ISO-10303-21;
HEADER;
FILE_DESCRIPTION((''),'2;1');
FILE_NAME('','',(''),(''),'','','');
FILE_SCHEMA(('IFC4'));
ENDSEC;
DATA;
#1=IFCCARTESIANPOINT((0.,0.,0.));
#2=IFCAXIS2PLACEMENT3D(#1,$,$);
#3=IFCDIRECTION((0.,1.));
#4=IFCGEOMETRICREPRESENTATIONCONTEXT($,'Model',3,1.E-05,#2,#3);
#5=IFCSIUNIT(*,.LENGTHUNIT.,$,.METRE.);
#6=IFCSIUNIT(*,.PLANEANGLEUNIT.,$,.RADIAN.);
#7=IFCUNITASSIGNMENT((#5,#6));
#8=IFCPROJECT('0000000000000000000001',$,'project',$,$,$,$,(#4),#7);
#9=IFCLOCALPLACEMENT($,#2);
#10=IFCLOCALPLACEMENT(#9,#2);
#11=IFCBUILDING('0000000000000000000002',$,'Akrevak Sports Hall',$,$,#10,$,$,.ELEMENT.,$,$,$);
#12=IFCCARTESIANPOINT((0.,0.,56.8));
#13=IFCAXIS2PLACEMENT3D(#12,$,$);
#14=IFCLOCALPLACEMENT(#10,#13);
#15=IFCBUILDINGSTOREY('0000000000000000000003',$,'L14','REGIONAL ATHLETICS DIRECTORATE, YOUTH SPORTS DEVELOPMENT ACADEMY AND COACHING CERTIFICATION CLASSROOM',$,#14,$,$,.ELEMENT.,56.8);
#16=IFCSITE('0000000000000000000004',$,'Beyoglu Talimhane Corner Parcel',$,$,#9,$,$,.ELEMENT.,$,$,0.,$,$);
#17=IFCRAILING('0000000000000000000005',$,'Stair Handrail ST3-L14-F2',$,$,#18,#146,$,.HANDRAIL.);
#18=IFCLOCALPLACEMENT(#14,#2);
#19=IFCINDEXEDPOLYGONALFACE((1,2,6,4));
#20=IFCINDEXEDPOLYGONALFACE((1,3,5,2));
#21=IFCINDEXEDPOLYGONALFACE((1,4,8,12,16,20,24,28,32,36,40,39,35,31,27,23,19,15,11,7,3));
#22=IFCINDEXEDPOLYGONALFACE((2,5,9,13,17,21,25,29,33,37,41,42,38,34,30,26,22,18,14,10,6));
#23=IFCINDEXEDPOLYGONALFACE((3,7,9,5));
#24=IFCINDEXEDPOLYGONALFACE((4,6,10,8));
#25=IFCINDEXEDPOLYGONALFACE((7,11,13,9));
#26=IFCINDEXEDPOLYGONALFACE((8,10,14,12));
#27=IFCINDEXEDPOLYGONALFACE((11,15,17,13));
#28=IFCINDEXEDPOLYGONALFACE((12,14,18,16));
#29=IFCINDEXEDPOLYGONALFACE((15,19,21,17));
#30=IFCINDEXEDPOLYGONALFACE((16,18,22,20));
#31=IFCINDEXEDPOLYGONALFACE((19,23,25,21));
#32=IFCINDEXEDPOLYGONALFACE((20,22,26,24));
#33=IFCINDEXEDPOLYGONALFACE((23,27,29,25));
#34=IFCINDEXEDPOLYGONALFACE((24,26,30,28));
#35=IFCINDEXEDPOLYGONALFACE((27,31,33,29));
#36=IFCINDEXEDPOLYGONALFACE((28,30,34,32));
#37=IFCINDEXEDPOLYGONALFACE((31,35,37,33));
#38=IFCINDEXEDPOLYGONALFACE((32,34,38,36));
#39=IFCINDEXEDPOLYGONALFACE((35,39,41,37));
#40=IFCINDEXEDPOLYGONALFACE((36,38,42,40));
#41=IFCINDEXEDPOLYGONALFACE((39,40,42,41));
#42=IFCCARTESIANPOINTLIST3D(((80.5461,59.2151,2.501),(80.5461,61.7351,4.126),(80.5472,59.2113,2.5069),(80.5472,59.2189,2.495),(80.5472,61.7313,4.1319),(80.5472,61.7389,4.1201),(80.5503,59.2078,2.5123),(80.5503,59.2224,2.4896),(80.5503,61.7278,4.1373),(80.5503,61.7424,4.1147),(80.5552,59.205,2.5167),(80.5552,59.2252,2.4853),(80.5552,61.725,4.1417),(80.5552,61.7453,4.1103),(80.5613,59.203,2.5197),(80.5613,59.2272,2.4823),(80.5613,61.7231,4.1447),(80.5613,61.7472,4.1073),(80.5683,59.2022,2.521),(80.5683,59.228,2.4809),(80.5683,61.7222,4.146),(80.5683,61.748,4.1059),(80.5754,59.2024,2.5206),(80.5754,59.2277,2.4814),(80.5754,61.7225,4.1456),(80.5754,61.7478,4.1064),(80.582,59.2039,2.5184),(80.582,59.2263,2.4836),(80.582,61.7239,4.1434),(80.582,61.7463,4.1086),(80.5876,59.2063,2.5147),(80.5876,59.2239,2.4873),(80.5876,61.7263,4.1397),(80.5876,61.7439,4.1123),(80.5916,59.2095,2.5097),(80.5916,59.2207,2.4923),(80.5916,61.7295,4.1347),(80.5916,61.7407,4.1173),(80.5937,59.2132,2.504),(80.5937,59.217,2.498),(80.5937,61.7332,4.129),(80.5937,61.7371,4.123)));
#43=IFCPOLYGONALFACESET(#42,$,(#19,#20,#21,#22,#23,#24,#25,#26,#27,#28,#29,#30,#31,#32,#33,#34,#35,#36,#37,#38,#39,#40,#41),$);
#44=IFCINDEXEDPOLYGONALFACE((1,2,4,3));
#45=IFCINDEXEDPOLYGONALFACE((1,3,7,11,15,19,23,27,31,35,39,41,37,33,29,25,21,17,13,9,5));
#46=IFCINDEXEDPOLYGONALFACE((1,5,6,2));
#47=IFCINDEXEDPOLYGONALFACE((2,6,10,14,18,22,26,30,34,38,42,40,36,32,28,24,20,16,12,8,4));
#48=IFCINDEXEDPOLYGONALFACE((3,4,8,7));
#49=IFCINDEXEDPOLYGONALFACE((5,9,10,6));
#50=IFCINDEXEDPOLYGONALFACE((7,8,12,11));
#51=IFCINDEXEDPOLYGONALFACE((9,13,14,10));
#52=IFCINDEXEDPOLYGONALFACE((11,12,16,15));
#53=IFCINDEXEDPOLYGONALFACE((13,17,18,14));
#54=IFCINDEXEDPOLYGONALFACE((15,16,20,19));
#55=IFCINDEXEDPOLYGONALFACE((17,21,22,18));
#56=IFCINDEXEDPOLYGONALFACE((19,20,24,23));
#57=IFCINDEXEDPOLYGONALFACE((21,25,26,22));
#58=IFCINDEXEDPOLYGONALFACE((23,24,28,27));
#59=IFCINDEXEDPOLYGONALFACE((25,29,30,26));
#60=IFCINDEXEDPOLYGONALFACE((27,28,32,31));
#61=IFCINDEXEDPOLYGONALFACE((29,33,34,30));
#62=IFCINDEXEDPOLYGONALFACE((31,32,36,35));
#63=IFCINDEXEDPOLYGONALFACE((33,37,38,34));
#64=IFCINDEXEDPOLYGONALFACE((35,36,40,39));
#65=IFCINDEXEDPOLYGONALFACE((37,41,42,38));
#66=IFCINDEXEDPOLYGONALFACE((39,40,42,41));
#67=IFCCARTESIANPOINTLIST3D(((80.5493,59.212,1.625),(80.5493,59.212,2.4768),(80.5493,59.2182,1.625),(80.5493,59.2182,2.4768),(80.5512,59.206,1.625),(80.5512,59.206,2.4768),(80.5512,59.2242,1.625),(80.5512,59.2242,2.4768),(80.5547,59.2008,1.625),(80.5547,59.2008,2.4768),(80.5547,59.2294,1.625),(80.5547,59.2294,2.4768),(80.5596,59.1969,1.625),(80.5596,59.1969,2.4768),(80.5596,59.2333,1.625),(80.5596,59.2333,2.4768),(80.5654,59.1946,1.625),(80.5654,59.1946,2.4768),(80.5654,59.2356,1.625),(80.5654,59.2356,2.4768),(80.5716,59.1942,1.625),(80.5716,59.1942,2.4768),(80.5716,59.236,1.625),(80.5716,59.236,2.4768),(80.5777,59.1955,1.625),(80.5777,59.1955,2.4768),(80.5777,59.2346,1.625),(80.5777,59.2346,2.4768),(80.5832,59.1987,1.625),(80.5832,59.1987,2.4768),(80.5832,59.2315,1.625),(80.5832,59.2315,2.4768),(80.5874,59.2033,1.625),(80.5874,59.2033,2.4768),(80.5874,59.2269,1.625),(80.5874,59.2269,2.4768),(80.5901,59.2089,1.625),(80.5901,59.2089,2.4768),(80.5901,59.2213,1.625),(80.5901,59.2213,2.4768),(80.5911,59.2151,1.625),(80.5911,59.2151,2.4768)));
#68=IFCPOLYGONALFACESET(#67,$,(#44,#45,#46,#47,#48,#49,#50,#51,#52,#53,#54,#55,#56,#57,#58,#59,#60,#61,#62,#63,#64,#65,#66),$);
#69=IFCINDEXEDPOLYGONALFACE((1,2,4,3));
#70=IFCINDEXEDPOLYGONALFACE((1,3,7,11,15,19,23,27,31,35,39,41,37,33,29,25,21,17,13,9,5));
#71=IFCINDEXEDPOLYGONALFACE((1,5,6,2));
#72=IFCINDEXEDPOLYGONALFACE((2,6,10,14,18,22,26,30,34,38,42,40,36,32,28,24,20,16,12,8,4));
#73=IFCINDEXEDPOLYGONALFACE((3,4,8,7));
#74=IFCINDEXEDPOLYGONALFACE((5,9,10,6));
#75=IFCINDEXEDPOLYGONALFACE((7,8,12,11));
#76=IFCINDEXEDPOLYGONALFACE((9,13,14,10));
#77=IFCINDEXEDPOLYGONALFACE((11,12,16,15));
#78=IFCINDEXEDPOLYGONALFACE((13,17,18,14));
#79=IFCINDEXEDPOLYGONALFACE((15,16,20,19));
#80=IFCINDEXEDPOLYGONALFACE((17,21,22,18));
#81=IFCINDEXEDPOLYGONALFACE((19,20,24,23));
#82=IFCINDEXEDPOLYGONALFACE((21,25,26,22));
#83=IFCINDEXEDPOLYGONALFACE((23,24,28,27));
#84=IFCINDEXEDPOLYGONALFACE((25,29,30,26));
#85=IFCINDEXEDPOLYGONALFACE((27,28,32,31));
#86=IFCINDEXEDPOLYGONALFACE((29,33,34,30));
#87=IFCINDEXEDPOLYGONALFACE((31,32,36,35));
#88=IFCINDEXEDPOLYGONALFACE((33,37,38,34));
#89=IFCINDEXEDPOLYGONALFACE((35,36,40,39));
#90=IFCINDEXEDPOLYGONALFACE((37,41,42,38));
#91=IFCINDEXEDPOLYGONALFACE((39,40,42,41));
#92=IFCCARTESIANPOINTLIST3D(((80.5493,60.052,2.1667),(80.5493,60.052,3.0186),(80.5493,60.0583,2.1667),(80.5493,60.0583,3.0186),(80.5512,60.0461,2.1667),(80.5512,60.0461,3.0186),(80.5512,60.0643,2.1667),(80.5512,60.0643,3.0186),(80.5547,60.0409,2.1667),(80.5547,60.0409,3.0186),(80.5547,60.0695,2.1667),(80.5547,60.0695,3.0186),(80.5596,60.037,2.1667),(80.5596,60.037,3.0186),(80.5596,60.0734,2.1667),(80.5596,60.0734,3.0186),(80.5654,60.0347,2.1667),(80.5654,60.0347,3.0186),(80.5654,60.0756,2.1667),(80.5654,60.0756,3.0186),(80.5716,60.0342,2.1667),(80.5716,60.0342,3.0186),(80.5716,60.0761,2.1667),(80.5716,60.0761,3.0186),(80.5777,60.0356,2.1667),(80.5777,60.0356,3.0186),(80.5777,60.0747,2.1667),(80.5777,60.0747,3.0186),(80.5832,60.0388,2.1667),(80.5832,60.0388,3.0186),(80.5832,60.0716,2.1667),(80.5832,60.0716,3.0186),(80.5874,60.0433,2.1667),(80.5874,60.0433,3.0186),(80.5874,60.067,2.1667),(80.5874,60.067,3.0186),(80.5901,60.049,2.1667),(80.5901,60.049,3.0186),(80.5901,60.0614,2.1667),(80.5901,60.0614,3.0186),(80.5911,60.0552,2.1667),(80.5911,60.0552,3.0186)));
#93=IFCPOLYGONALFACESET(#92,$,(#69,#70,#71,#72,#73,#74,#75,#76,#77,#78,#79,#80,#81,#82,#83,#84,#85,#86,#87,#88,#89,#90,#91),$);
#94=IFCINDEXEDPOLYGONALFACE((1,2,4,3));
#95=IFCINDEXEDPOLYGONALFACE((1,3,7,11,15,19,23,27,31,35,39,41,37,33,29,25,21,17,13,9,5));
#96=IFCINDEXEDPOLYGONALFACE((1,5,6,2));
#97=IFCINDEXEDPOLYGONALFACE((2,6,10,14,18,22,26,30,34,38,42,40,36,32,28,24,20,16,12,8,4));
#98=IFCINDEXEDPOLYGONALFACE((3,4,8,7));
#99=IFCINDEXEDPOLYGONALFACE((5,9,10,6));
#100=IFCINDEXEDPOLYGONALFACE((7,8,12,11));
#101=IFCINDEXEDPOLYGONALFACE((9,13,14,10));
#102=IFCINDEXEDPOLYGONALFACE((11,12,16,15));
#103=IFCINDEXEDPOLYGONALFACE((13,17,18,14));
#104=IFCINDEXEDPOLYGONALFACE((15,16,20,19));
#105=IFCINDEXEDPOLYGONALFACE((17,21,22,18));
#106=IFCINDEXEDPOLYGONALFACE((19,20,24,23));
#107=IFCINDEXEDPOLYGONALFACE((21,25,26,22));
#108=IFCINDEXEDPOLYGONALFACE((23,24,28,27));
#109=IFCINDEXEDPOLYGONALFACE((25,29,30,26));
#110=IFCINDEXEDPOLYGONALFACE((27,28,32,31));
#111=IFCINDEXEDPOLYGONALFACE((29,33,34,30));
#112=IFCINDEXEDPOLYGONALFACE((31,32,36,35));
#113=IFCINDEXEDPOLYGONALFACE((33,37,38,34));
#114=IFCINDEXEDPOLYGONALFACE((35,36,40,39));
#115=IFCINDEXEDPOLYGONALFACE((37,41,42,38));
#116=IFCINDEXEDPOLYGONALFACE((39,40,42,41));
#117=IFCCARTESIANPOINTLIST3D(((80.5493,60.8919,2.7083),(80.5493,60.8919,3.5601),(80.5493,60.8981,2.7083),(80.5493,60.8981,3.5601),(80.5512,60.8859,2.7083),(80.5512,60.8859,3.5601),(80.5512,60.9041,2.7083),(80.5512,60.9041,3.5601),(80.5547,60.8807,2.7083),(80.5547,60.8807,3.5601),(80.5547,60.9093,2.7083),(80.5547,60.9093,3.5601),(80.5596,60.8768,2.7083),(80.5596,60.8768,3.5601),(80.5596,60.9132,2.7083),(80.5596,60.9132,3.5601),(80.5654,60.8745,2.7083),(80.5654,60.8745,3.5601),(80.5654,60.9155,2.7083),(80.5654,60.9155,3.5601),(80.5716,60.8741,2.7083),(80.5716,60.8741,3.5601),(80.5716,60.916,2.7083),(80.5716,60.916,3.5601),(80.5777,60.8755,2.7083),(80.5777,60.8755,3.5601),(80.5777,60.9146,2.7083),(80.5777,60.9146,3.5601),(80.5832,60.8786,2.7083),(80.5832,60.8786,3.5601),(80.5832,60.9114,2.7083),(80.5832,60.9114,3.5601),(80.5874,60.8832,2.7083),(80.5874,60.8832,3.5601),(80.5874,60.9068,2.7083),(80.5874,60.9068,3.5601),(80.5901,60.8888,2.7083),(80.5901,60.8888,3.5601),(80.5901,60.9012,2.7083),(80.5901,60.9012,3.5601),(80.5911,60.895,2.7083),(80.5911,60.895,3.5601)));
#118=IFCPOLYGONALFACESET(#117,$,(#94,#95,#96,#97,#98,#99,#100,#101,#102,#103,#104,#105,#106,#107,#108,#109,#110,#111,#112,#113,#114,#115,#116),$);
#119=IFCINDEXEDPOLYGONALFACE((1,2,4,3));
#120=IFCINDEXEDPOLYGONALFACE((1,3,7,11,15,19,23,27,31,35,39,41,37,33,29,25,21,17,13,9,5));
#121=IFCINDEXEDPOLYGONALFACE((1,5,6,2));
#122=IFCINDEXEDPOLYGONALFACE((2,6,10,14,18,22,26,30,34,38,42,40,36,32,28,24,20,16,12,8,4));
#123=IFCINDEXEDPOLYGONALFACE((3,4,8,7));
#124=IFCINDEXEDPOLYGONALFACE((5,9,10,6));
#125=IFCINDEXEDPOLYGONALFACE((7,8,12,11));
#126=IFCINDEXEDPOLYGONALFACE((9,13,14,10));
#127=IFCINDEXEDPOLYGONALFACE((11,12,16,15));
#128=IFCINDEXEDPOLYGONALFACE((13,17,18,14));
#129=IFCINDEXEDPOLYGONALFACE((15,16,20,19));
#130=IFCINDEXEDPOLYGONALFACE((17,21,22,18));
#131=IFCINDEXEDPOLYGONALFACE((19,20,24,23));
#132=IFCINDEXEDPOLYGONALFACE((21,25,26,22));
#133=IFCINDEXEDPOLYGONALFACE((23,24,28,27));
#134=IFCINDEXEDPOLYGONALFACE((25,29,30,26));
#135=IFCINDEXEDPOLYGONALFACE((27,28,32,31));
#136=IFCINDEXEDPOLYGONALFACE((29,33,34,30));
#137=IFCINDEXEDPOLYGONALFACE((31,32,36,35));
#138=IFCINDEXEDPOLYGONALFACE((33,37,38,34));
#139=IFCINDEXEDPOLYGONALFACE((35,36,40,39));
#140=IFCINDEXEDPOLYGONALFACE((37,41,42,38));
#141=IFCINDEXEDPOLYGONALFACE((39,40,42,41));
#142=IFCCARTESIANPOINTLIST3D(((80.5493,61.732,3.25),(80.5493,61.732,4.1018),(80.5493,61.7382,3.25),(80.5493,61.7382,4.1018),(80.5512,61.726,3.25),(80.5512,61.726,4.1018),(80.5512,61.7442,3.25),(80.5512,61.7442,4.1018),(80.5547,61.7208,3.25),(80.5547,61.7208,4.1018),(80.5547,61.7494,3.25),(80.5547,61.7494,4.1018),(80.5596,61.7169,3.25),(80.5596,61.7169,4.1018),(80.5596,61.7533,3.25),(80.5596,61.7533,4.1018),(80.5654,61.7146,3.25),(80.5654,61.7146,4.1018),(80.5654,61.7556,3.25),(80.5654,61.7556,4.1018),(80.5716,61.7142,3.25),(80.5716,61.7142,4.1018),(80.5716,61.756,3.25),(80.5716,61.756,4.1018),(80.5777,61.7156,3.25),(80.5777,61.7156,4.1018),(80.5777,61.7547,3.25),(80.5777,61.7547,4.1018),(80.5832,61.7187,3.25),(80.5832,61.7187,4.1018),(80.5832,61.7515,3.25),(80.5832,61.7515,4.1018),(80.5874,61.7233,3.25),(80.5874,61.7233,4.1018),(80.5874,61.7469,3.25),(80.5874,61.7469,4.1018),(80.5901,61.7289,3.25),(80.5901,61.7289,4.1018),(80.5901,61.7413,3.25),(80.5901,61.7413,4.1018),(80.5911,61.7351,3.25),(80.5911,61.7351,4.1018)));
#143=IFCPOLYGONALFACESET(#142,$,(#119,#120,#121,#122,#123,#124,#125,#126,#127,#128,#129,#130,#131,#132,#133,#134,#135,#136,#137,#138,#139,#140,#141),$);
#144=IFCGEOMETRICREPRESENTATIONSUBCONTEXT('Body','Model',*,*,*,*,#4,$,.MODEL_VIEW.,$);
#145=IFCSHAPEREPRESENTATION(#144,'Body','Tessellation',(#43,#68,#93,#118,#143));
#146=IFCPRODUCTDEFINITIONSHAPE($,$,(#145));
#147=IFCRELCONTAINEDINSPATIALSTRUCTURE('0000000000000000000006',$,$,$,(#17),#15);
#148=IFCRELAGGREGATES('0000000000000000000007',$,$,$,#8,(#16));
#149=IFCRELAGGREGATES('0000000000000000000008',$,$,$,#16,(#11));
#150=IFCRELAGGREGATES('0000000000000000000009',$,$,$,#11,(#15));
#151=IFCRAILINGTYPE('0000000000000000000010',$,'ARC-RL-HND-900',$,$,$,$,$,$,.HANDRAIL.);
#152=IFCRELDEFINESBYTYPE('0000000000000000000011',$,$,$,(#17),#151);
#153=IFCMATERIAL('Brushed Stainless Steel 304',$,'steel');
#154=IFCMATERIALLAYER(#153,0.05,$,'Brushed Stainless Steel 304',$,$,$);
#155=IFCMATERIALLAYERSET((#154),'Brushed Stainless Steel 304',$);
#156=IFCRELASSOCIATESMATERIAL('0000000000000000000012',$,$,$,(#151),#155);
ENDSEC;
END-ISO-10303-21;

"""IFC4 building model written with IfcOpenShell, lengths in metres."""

from ifc_helpers import new_model, si_unit, direction, frame, origin, origin_2d, place, context, subcontext, project, spatial, circle, extrude, material, layer, layer_set, type_object, element, save


model = new_model("IFC4")

# Units and contexts
model_context = context("Model", 3, precision=1e-05, world=origin(), true_north=direction((0.0, 1.0)))
body_context = subcontext(model_context, "Body", "Model", "MODEL_VIEW")
ifc_project = project(units=[si_unit("LENGTHUNIT", "METRE"), si_unit("PLANEANGLEUNIT", "RADIAN")], contexts=[model_context])

# Site, building, storey
site_placement = place(None, origin())
site = spatial("IfcSite", under=ifc_project, at=site_placement, Name="Beyoglu Talimhane Corner Parcel", CompositionType="ELEMENT", RefElevation=0.0)
building_placement = place(site_placement, origin())
building = spatial("IfcBuilding", under=site, at=building_placement, Name="Akrevak Sports Hall", CompositionType="ELEMENT")
storey_placement = place(building_placement, frame((0.0, 0.0, 56.8)))
storey = spatial("IfcBuildingStorey", under=building, at=storey_placement, Name="L14", Description="REGIONAL ATHLETICS DIRECTORATE, YOUTH SPORTS DEVELOPMENT ACADEMY AND COACHING CERTIFICATION CLASSROOM", CompositionType="ELEMENT", Elevation=56.8)

# Railing
ifc_material_1 = material(Name="Brushed Stainless Steel 304", Category="steel")
ifc_layer_1 = layer(ifc_material_1, 0.05, Name="Brushed Stainless Steel 304")
ifc_layer_set_1 = layer_set([ifc_layer_1], Name="Brushed Stainless Steel 304")
railing_type_1 = type_object("IfcRailingType", Name="ARC-RL-HND-900", PredefinedType="HANDRAIL", material=ifc_layer_set_1)
railing_1_placement = place(storey_placement, frame((80.5701, 59.2151, 1.625)))
element("IfcRailing", 1, at=railing_1_placement, inside=storey, type_object=railing_type_1, Name="Stair Handrail ST3-L14-F2", PredefinedType="HANDRAIL", context=body_context, shape_type="SweptSolid", body=[
    extrude(circle(Radius=0.0239, at=origin_2d()), frame((0.0, 0.0, 0.876), z_axis=(0.0, 0.840421, 0.541934), x_axis=(-1.0, 0.0, 0.0)), (0.0, 0.0, 1.0), 2.9985),
    extrude(circle(Radius=0.021, at=origin_2d()), origin(), (0.0, 0.0, 1.0), 0.8518),
    extrude(circle(Radius=0.021, at=origin_2d()), frame((0.0, 0.8401, 0.5417)), (0.0, 0.0, 1.0), 0.8518),
    extrude(circle(Radius=0.021, at=origin_2d()), frame((0.0, 1.6799, 1.0833)), (0.0, 0.0, 1.0), 0.8518),
    extrude(circle(Radius=0.021, at=origin_2d()), frame((0.0, 2.52, 1.625)), (0.0, 0.0, 1.0), 0.8518),
])

save(model, "model.ifc")
